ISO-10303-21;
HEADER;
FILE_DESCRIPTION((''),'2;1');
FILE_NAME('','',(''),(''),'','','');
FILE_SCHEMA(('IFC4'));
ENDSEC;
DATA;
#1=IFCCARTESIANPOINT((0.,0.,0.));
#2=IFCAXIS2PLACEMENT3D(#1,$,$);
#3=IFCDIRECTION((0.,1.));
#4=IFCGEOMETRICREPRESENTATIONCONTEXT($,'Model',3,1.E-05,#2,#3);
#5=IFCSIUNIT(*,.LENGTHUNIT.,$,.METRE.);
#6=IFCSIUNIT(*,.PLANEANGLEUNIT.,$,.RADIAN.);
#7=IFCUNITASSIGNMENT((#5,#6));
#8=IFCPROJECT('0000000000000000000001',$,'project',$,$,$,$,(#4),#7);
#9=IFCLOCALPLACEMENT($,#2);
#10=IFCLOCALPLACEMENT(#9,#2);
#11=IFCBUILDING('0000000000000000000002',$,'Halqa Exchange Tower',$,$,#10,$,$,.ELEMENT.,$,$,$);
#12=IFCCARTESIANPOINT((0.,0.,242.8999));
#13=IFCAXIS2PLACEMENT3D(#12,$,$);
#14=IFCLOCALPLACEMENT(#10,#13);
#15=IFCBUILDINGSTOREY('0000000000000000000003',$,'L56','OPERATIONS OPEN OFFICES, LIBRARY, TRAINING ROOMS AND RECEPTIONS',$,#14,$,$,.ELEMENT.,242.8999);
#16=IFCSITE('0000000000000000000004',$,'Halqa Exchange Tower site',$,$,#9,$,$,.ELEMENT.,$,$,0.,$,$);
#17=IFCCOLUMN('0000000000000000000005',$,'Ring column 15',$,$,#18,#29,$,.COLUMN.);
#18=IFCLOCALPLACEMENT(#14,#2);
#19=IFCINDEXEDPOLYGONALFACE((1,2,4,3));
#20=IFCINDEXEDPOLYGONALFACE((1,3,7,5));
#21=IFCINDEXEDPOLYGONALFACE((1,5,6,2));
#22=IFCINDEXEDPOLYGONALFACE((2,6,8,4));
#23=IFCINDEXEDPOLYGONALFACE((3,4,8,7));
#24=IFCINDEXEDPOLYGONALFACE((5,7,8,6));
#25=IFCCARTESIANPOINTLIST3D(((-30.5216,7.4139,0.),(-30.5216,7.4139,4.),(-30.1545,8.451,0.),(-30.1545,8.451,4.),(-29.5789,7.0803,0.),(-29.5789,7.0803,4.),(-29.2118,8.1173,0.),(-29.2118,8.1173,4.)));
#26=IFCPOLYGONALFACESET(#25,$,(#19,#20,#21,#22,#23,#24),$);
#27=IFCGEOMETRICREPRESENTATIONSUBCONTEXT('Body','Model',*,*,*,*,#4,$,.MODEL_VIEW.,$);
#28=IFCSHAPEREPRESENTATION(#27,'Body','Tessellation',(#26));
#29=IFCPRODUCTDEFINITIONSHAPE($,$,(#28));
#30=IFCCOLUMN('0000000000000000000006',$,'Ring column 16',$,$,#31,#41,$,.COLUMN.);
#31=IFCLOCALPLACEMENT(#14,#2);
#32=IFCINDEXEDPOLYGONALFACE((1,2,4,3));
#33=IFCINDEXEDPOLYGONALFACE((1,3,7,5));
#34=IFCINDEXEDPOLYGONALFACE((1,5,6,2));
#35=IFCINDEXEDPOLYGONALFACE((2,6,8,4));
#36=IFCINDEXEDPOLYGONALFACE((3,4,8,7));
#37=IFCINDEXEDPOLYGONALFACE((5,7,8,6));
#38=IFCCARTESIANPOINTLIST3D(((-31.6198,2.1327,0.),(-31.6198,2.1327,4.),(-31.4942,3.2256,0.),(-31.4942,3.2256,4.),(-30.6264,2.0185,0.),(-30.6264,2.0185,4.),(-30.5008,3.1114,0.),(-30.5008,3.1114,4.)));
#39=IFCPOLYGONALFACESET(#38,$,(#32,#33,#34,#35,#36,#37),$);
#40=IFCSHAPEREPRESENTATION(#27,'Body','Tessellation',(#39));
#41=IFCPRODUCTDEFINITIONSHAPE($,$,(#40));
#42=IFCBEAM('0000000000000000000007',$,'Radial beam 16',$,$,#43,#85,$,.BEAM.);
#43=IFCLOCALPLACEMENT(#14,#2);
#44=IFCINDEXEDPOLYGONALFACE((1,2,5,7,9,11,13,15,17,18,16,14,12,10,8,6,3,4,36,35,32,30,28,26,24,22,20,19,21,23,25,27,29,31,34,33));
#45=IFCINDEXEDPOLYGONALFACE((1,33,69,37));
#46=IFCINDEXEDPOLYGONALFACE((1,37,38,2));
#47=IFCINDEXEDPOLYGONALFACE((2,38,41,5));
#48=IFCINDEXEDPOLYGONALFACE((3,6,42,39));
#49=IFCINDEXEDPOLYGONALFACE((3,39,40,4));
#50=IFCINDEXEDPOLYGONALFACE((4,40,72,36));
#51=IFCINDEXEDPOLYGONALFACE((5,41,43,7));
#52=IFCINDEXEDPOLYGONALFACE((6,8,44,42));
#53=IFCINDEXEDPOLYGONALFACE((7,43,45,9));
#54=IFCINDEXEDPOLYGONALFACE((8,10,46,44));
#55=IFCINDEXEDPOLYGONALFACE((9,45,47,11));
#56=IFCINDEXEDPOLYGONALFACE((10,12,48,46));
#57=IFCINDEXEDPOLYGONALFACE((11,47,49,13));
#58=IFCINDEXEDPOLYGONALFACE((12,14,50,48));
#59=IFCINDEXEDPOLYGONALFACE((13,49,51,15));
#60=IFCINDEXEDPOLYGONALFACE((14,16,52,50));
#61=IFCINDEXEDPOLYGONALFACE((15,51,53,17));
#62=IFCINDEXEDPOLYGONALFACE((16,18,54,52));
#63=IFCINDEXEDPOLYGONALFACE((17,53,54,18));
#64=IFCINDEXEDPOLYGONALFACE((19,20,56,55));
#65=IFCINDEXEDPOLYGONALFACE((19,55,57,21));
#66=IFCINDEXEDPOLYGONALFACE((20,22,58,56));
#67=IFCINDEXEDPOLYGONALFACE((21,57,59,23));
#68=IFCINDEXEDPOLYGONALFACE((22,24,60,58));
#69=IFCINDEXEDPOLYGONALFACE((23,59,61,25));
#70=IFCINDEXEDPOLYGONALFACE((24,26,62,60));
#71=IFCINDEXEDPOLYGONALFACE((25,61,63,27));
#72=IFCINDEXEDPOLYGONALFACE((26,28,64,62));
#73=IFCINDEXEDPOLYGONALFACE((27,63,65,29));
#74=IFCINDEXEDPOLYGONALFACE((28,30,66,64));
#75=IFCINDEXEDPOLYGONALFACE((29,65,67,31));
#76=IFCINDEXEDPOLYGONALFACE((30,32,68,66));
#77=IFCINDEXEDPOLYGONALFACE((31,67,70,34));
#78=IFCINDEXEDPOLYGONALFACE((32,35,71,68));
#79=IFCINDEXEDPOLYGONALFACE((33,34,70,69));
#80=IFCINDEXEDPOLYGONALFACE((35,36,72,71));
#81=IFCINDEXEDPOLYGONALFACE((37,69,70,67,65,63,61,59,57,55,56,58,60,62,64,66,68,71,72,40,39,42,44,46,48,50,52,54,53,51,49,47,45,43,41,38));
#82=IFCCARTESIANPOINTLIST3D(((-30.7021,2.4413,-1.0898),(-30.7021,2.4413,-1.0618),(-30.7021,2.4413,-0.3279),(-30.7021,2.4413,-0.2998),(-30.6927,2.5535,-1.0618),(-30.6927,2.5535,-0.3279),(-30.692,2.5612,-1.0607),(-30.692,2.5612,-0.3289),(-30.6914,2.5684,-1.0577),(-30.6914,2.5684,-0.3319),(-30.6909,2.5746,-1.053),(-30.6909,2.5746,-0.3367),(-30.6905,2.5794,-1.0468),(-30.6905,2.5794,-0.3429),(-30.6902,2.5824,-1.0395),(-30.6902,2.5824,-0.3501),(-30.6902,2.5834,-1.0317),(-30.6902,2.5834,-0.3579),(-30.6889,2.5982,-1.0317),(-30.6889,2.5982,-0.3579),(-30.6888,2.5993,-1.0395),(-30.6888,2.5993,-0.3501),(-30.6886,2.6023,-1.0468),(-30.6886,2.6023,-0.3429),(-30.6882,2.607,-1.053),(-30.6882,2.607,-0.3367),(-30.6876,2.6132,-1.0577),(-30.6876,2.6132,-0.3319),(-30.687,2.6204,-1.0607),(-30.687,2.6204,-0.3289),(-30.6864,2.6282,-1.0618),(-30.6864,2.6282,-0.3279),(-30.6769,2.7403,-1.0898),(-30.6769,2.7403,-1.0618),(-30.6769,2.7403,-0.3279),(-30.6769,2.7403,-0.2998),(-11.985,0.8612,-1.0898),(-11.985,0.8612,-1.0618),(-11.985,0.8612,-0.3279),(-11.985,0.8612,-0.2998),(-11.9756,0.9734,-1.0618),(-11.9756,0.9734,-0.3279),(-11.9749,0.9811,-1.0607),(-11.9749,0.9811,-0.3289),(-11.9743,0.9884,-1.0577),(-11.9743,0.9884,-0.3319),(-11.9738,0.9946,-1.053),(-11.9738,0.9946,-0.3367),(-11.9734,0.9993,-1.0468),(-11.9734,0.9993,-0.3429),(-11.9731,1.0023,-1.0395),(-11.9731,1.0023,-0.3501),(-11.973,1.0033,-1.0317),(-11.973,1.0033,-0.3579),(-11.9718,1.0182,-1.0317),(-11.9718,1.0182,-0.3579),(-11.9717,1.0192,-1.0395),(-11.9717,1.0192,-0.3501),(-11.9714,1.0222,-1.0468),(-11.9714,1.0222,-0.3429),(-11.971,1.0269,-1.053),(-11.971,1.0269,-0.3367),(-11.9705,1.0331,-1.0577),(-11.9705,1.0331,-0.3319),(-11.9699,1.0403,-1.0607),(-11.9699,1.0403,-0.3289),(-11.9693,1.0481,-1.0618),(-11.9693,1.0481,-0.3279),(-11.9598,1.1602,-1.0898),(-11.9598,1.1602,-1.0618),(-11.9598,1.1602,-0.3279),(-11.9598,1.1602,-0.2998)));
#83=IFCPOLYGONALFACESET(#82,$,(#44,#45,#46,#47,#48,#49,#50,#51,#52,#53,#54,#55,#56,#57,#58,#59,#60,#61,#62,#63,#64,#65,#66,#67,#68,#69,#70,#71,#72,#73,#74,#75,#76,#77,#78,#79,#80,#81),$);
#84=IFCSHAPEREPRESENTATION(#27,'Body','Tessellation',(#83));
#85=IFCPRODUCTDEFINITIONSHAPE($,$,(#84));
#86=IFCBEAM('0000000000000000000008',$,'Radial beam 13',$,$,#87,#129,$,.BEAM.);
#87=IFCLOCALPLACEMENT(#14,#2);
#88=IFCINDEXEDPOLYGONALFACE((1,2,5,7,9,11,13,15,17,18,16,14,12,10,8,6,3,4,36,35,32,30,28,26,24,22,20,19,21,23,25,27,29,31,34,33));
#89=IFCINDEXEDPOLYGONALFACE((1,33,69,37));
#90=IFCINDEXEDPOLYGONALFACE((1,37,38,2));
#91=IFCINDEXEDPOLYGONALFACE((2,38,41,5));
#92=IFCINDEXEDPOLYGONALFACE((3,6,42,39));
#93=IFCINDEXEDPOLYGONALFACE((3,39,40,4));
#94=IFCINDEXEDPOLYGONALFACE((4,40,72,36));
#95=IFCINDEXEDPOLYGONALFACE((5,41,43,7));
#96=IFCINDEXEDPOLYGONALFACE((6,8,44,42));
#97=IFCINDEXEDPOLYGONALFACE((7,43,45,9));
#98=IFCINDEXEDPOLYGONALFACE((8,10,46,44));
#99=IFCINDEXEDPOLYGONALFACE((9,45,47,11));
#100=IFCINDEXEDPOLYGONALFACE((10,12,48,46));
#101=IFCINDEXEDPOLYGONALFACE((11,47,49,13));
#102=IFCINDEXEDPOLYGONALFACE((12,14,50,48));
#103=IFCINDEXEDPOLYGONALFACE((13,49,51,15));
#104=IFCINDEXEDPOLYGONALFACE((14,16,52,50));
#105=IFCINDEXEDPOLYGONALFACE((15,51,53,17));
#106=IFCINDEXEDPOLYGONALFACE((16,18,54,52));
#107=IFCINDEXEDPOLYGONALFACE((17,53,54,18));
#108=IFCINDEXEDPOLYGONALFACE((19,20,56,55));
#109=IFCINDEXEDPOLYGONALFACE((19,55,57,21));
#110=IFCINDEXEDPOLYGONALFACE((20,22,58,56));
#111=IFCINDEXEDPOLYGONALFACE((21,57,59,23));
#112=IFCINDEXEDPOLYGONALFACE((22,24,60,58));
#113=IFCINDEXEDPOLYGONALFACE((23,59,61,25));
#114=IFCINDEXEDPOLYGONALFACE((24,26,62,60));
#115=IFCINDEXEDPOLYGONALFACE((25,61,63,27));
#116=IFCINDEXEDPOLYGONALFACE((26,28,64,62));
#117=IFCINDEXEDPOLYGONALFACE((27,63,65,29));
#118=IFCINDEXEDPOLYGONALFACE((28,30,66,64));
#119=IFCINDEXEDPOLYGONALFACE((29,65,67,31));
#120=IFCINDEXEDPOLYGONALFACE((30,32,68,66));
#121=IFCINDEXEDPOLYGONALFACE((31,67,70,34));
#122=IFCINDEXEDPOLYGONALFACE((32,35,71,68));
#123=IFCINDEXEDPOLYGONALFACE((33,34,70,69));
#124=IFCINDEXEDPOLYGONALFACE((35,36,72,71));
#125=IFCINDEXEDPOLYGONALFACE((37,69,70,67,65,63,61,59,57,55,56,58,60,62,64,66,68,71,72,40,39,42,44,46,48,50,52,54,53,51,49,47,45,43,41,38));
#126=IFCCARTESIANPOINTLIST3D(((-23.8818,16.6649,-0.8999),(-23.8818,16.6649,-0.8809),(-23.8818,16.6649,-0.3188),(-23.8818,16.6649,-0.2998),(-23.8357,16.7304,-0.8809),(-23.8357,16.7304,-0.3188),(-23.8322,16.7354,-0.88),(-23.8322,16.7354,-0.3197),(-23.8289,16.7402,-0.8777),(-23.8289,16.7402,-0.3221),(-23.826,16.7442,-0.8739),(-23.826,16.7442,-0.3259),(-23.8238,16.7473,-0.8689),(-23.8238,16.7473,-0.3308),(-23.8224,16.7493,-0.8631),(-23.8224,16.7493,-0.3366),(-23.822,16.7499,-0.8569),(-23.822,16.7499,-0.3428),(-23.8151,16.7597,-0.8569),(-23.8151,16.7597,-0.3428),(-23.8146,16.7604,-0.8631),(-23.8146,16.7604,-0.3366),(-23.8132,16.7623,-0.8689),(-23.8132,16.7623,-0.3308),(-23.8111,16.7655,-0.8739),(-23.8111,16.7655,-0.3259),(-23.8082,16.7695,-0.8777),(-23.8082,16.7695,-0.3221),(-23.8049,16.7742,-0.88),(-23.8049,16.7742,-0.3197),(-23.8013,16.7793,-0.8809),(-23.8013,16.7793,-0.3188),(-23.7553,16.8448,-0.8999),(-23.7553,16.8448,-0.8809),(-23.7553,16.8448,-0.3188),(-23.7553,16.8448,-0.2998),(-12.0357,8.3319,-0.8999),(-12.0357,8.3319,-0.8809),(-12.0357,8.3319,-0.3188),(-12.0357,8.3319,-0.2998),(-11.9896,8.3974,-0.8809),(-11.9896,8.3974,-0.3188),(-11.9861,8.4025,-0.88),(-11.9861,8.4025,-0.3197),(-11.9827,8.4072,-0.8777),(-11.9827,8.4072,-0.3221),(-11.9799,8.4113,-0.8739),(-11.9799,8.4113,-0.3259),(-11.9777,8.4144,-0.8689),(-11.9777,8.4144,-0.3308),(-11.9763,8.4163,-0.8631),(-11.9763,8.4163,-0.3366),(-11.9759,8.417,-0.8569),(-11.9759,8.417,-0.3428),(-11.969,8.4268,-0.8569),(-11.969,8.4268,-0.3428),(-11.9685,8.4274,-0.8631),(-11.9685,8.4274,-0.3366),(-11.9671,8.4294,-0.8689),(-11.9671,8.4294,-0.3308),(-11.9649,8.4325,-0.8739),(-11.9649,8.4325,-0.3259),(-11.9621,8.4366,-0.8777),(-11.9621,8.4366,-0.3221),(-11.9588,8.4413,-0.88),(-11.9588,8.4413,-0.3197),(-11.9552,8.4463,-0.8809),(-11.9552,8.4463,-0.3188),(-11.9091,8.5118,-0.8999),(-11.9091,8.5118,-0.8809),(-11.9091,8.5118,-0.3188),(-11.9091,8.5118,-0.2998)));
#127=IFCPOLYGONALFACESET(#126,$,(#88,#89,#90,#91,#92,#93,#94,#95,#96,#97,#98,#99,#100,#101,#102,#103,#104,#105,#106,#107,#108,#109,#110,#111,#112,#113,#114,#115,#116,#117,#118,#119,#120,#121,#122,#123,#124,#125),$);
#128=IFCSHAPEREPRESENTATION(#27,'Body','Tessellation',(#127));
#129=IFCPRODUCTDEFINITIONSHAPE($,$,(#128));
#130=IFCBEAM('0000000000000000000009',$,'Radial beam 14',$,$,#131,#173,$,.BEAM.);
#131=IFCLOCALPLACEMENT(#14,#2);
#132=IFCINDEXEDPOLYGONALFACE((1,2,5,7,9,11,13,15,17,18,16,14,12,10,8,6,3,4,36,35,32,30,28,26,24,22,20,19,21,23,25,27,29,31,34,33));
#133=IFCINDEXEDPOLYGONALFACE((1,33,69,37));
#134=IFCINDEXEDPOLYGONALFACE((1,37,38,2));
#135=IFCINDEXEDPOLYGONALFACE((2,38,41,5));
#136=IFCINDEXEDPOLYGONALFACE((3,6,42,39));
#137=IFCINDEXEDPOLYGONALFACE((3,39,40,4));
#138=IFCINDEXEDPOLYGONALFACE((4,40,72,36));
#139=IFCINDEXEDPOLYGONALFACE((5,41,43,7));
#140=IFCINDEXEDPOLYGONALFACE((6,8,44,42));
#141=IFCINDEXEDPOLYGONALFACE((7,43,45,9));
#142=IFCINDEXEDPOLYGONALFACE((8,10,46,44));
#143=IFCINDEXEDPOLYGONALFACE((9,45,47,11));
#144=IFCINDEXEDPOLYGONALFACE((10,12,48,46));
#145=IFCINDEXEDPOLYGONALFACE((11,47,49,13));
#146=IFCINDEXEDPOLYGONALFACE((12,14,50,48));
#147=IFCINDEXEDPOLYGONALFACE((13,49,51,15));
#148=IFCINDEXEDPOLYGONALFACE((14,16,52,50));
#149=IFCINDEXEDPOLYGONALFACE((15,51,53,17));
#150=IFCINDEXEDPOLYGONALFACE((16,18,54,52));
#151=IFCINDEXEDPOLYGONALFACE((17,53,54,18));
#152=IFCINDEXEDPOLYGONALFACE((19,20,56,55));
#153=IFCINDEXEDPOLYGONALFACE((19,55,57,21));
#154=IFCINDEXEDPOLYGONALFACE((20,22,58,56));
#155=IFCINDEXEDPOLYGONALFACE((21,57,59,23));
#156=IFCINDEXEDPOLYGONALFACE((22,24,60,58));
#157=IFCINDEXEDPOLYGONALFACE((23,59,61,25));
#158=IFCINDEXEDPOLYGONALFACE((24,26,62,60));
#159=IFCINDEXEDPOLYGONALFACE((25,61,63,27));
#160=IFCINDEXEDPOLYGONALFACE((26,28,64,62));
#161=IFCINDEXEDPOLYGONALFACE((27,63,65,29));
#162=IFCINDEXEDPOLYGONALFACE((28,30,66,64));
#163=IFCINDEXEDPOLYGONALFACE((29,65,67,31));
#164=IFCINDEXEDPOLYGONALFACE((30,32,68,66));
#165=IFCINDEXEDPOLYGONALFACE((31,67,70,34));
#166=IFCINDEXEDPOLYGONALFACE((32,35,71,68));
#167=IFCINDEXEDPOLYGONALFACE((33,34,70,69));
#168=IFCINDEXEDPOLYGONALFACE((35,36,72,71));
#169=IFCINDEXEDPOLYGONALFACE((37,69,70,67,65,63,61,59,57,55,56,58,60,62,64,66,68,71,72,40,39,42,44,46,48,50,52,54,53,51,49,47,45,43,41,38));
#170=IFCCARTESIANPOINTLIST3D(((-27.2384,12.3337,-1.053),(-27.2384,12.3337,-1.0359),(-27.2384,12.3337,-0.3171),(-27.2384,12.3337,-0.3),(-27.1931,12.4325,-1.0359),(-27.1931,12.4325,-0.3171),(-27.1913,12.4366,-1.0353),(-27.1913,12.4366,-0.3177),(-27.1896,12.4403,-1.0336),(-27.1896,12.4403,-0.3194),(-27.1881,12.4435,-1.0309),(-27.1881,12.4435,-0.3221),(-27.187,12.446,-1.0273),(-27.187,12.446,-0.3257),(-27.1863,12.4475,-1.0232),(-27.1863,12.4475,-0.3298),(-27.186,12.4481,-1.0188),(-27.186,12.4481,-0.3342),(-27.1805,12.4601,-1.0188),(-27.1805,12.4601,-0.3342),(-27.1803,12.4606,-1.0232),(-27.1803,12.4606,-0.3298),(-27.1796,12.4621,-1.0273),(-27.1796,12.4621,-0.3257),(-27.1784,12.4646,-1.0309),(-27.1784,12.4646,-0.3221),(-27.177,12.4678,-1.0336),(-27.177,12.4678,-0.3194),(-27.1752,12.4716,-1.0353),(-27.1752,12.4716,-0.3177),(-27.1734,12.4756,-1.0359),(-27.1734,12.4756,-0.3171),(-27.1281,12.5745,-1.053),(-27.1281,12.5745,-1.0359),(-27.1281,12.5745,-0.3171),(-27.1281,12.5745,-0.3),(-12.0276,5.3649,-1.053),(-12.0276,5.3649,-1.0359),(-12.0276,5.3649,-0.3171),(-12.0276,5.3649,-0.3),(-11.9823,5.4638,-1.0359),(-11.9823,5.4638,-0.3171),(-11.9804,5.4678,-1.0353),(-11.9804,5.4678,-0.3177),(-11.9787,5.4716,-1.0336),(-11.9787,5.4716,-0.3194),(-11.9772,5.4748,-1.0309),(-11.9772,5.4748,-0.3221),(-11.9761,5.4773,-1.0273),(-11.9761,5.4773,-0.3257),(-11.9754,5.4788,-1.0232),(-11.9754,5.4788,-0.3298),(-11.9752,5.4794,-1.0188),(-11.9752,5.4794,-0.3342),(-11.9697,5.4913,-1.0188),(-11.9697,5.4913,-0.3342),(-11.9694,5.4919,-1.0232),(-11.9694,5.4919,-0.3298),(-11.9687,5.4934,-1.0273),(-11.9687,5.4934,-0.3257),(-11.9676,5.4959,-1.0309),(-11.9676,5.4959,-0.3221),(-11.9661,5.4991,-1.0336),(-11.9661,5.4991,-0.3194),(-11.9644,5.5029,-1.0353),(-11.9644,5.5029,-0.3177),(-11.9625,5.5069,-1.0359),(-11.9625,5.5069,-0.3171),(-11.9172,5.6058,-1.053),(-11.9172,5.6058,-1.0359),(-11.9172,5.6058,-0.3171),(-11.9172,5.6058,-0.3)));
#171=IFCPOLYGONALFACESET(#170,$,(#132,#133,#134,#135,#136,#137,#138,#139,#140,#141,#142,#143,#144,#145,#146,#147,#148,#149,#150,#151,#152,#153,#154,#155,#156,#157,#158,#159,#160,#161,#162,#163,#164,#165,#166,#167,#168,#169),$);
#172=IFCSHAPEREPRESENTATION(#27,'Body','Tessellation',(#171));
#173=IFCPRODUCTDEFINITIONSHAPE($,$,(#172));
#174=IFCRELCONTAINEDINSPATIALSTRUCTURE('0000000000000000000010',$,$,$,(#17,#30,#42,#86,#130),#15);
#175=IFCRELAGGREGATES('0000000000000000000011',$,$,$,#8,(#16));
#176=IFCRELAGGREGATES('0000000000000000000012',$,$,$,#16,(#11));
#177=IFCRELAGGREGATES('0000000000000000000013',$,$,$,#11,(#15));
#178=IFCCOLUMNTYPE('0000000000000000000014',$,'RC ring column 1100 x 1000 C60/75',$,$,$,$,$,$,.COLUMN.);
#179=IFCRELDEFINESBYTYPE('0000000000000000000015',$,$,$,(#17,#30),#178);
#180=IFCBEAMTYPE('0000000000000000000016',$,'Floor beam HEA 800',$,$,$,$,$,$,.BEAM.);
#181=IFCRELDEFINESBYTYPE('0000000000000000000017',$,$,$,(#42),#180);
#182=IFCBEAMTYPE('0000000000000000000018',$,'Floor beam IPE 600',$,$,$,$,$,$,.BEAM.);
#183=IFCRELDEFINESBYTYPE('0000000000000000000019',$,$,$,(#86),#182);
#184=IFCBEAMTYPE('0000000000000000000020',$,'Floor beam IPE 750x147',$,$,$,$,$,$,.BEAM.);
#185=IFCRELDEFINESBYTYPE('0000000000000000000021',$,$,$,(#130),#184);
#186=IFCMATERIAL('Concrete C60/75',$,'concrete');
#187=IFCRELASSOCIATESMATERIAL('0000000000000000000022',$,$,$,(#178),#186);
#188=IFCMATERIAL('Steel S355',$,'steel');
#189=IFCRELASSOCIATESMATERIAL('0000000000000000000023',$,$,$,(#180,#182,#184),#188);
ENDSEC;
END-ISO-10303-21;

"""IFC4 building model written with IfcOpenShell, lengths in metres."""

from ifc_helpers import new_model, si_unit, direction, frame, origin, origin_2d, place, context, subcontext, project, spatial, rectangle, i_section, extrude, material, material_profile, profile_set, type_object, element, save


model = new_model("IFC4")

# Units and contexts
model_context = context("Model", 3, precision=1e-05, world=origin(), true_north=direction((0.0, 1.0)))
body_context = subcontext(model_context, "Body", "Model", "MODEL_VIEW")
ifc_project = project(units=[si_unit("LENGTHUNIT", "METRE"), si_unit("PLANEANGLEUNIT", "RADIAN")], contexts=[model_context])

# Site, building, storey
site_placement = place(None, origin())
site = spatial("IfcSite", under=ifc_project, at=site_placement, Name="Halqa Exchange Tower site", CompositionType="ELEMENT", RefElevation=0.0)
building_placement = place(site_placement, origin())
building = spatial("IfcBuilding", under=site, at=building_placement, Name="Halqa Exchange Tower", CompositionType="ELEMENT")
storey_placement = place(building_placement, frame((0.0, 0.0, 242.8999)))
storey = spatial("IfcBuildingStorey", under=building, at=storey_placement, Name="L56", Description="OPERATIONS OPEN OFFICES, LIBRARY, TRAINING ROOMS AND RECEPTIONS", CompositionType="ELEMENT", Elevation=242.8999)

# Columns
ifc_material_1 = material(Name="Concrete C60/75", Category="concrete")
ifc_material_profile_1 = material_profile(ifc_material_1, rectangle(XDim=1.1001, YDim=1.0, at=origin_2d()), Name="1100 x 1000")
ifc_profile_set_1 = profile_set([ifc_material_profile_1], Name="Concrete C60/75")
column_type = type_object("IfcColumnType", Name="RC ring column 1100 x 1000 C60/75", PredefinedType="COLUMN", material=ifc_profile_set_1)
for number, where, z_axis, x_axis, name in (
    (1, (-29.8667, 7.7656, 0.0), (0.0, 0.0, 1.0), (-0.333624, -0.942706, 0.0), "Ring column 15"),
    (2, (-31.0603, 2.6221, 0.0), (0.0, 0.0, 1.0), (-0.114153, -0.993463, 0.0), "Ring column 16"),
):
    element("IfcColumn", number, at=place(storey_placement, frame(where, z_axis=z_axis, x_axis=x_axis)), inside=storey, type_object=column_type, Name=name, PredefinedType="COLUMN", context=body_context, shape_type="SweptSolid", body=[
        extrude(rectangle(XDim=1.1001, YDim=1.0, at=origin_2d()), origin(), (0.0, 0.0, 1.0), 4.0),
    ])

# Beams
ifc_material_2 = material(Name="Steel S355", Category="steel")
ifc_material_profile_2 = material_profile(ifc_material_2, i_section(OverallWidth=0.3, OverallDepth=0.79, WebThickness=0.0149, FlangeThickness=0.0281, FilletRadius=0.03, at=origin_2d()), Name="HEA 800")
ifc_profile_set_2 = profile_set([ifc_material_profile_2], Name="Steel S355")
beam_type_1 = type_object("IfcBeamType", Name="Floor beam HEA 800", PredefinedType="BEAM", material=ifc_profile_set_2)
beam_1_placement = place(storey_placement, frame((-11.9724, 1.0107, -0.6948), z_axis=(-0.996456, 0.08412, 0.0), x_axis=(-0.08412, -0.996456, 0.0)))
element("IfcBeam", 3, at=beam_1_placement, inside=storey, type_object=beam_type_1, Name="Radial beam 16", PredefinedType="BEAM", context=body_context, shape_type="SweptSolid", body=[
    extrude(i_section(OverallWidth=0.3, OverallDepth=0.79, WebThickness=0.0149, FlangeThickness=0.0281, FilletRadius=0.03, at=origin_2d()), origin(), (0.0, 0.0, 1.0), 18.7837),
])
ifc_material_profile_3 = material_profile(ifc_material_2, i_section(OverallWidth=0.22, OverallDepth=0.6001, WebThickness=0.012, FlangeThickness=0.019, FilletRadius=0.0239, at=origin_2d()), Name="IPE 600")
ifc_profile_set_3 = profile_set([ifc_material_profile_3], Name="Steel S355")
beam_type_2 = type_object("IfcBeamType", Name="Floor beam IPE 600", PredefinedType="BEAM", material=ifc_profile_set_3)
beam_2_placement = place(storey_placement, frame((-11.9724, 8.4219, -0.5999), z_axis=(-0.81791, 0.575346, 0.0), x_axis=(-0.575346, -0.81791, 0.0)))
element("IfcBeam", 4, at=beam_2_placement, inside=storey, type_object=beam_type_2, Name="Radial beam 13", PredefinedType="BEAM", context=body_context, shape_type="SweptSolid", body=[
    extrude(i_section(OverallWidth=0.22, OverallDepth=0.6001, WebThickness=0.012, FlangeThickness=0.019, FilletRadius=0.0239, at=origin_2d()), origin(), (0.0, 0.0, 1.0), 14.4834),
])
ifc_material_profile_4 = material_profile(ifc_material_2, i_section(OverallWidth=0.2649, OverallDepth=0.7529, WebThickness=0.0132, FlangeThickness=0.0171, FilletRadius=0.0171, at=origin_2d()), Name="IPE 750x147")
ifc_profile_set_4 = profile_set([ifc_material_profile_4], Name="Steel S355")
beam_type_3 = type_object("IfcBeamType", Name="Floor beam IPE 750x147", PredefinedType="BEAM", material=ifc_profile_set_4)
beam_3_placement = place(storey_placement, frame((-11.9724, 5.4854, -0.6765), z_axis=(-0.909131, 0.41651, 0.0), x_axis=(-0.41651, -0.909131, 0.0)))
element("IfcBeam", 5, at=beam_3_placement, inside=storey, type_object=beam_type_3, Name="Radial beam 14", PredefinedType="BEAM", context=body_context, shape_type="SweptSolid", body=[
    extrude(i_section(OverallWidth=0.2649, OverallDepth=0.7529, WebThickness=0.0132, FlangeThickness=0.0171, FilletRadius=0.0171, at=origin_2d()), origin(), (0.0, 0.0, 1.0), 16.7312),
])

save(model, "model.ifc")
